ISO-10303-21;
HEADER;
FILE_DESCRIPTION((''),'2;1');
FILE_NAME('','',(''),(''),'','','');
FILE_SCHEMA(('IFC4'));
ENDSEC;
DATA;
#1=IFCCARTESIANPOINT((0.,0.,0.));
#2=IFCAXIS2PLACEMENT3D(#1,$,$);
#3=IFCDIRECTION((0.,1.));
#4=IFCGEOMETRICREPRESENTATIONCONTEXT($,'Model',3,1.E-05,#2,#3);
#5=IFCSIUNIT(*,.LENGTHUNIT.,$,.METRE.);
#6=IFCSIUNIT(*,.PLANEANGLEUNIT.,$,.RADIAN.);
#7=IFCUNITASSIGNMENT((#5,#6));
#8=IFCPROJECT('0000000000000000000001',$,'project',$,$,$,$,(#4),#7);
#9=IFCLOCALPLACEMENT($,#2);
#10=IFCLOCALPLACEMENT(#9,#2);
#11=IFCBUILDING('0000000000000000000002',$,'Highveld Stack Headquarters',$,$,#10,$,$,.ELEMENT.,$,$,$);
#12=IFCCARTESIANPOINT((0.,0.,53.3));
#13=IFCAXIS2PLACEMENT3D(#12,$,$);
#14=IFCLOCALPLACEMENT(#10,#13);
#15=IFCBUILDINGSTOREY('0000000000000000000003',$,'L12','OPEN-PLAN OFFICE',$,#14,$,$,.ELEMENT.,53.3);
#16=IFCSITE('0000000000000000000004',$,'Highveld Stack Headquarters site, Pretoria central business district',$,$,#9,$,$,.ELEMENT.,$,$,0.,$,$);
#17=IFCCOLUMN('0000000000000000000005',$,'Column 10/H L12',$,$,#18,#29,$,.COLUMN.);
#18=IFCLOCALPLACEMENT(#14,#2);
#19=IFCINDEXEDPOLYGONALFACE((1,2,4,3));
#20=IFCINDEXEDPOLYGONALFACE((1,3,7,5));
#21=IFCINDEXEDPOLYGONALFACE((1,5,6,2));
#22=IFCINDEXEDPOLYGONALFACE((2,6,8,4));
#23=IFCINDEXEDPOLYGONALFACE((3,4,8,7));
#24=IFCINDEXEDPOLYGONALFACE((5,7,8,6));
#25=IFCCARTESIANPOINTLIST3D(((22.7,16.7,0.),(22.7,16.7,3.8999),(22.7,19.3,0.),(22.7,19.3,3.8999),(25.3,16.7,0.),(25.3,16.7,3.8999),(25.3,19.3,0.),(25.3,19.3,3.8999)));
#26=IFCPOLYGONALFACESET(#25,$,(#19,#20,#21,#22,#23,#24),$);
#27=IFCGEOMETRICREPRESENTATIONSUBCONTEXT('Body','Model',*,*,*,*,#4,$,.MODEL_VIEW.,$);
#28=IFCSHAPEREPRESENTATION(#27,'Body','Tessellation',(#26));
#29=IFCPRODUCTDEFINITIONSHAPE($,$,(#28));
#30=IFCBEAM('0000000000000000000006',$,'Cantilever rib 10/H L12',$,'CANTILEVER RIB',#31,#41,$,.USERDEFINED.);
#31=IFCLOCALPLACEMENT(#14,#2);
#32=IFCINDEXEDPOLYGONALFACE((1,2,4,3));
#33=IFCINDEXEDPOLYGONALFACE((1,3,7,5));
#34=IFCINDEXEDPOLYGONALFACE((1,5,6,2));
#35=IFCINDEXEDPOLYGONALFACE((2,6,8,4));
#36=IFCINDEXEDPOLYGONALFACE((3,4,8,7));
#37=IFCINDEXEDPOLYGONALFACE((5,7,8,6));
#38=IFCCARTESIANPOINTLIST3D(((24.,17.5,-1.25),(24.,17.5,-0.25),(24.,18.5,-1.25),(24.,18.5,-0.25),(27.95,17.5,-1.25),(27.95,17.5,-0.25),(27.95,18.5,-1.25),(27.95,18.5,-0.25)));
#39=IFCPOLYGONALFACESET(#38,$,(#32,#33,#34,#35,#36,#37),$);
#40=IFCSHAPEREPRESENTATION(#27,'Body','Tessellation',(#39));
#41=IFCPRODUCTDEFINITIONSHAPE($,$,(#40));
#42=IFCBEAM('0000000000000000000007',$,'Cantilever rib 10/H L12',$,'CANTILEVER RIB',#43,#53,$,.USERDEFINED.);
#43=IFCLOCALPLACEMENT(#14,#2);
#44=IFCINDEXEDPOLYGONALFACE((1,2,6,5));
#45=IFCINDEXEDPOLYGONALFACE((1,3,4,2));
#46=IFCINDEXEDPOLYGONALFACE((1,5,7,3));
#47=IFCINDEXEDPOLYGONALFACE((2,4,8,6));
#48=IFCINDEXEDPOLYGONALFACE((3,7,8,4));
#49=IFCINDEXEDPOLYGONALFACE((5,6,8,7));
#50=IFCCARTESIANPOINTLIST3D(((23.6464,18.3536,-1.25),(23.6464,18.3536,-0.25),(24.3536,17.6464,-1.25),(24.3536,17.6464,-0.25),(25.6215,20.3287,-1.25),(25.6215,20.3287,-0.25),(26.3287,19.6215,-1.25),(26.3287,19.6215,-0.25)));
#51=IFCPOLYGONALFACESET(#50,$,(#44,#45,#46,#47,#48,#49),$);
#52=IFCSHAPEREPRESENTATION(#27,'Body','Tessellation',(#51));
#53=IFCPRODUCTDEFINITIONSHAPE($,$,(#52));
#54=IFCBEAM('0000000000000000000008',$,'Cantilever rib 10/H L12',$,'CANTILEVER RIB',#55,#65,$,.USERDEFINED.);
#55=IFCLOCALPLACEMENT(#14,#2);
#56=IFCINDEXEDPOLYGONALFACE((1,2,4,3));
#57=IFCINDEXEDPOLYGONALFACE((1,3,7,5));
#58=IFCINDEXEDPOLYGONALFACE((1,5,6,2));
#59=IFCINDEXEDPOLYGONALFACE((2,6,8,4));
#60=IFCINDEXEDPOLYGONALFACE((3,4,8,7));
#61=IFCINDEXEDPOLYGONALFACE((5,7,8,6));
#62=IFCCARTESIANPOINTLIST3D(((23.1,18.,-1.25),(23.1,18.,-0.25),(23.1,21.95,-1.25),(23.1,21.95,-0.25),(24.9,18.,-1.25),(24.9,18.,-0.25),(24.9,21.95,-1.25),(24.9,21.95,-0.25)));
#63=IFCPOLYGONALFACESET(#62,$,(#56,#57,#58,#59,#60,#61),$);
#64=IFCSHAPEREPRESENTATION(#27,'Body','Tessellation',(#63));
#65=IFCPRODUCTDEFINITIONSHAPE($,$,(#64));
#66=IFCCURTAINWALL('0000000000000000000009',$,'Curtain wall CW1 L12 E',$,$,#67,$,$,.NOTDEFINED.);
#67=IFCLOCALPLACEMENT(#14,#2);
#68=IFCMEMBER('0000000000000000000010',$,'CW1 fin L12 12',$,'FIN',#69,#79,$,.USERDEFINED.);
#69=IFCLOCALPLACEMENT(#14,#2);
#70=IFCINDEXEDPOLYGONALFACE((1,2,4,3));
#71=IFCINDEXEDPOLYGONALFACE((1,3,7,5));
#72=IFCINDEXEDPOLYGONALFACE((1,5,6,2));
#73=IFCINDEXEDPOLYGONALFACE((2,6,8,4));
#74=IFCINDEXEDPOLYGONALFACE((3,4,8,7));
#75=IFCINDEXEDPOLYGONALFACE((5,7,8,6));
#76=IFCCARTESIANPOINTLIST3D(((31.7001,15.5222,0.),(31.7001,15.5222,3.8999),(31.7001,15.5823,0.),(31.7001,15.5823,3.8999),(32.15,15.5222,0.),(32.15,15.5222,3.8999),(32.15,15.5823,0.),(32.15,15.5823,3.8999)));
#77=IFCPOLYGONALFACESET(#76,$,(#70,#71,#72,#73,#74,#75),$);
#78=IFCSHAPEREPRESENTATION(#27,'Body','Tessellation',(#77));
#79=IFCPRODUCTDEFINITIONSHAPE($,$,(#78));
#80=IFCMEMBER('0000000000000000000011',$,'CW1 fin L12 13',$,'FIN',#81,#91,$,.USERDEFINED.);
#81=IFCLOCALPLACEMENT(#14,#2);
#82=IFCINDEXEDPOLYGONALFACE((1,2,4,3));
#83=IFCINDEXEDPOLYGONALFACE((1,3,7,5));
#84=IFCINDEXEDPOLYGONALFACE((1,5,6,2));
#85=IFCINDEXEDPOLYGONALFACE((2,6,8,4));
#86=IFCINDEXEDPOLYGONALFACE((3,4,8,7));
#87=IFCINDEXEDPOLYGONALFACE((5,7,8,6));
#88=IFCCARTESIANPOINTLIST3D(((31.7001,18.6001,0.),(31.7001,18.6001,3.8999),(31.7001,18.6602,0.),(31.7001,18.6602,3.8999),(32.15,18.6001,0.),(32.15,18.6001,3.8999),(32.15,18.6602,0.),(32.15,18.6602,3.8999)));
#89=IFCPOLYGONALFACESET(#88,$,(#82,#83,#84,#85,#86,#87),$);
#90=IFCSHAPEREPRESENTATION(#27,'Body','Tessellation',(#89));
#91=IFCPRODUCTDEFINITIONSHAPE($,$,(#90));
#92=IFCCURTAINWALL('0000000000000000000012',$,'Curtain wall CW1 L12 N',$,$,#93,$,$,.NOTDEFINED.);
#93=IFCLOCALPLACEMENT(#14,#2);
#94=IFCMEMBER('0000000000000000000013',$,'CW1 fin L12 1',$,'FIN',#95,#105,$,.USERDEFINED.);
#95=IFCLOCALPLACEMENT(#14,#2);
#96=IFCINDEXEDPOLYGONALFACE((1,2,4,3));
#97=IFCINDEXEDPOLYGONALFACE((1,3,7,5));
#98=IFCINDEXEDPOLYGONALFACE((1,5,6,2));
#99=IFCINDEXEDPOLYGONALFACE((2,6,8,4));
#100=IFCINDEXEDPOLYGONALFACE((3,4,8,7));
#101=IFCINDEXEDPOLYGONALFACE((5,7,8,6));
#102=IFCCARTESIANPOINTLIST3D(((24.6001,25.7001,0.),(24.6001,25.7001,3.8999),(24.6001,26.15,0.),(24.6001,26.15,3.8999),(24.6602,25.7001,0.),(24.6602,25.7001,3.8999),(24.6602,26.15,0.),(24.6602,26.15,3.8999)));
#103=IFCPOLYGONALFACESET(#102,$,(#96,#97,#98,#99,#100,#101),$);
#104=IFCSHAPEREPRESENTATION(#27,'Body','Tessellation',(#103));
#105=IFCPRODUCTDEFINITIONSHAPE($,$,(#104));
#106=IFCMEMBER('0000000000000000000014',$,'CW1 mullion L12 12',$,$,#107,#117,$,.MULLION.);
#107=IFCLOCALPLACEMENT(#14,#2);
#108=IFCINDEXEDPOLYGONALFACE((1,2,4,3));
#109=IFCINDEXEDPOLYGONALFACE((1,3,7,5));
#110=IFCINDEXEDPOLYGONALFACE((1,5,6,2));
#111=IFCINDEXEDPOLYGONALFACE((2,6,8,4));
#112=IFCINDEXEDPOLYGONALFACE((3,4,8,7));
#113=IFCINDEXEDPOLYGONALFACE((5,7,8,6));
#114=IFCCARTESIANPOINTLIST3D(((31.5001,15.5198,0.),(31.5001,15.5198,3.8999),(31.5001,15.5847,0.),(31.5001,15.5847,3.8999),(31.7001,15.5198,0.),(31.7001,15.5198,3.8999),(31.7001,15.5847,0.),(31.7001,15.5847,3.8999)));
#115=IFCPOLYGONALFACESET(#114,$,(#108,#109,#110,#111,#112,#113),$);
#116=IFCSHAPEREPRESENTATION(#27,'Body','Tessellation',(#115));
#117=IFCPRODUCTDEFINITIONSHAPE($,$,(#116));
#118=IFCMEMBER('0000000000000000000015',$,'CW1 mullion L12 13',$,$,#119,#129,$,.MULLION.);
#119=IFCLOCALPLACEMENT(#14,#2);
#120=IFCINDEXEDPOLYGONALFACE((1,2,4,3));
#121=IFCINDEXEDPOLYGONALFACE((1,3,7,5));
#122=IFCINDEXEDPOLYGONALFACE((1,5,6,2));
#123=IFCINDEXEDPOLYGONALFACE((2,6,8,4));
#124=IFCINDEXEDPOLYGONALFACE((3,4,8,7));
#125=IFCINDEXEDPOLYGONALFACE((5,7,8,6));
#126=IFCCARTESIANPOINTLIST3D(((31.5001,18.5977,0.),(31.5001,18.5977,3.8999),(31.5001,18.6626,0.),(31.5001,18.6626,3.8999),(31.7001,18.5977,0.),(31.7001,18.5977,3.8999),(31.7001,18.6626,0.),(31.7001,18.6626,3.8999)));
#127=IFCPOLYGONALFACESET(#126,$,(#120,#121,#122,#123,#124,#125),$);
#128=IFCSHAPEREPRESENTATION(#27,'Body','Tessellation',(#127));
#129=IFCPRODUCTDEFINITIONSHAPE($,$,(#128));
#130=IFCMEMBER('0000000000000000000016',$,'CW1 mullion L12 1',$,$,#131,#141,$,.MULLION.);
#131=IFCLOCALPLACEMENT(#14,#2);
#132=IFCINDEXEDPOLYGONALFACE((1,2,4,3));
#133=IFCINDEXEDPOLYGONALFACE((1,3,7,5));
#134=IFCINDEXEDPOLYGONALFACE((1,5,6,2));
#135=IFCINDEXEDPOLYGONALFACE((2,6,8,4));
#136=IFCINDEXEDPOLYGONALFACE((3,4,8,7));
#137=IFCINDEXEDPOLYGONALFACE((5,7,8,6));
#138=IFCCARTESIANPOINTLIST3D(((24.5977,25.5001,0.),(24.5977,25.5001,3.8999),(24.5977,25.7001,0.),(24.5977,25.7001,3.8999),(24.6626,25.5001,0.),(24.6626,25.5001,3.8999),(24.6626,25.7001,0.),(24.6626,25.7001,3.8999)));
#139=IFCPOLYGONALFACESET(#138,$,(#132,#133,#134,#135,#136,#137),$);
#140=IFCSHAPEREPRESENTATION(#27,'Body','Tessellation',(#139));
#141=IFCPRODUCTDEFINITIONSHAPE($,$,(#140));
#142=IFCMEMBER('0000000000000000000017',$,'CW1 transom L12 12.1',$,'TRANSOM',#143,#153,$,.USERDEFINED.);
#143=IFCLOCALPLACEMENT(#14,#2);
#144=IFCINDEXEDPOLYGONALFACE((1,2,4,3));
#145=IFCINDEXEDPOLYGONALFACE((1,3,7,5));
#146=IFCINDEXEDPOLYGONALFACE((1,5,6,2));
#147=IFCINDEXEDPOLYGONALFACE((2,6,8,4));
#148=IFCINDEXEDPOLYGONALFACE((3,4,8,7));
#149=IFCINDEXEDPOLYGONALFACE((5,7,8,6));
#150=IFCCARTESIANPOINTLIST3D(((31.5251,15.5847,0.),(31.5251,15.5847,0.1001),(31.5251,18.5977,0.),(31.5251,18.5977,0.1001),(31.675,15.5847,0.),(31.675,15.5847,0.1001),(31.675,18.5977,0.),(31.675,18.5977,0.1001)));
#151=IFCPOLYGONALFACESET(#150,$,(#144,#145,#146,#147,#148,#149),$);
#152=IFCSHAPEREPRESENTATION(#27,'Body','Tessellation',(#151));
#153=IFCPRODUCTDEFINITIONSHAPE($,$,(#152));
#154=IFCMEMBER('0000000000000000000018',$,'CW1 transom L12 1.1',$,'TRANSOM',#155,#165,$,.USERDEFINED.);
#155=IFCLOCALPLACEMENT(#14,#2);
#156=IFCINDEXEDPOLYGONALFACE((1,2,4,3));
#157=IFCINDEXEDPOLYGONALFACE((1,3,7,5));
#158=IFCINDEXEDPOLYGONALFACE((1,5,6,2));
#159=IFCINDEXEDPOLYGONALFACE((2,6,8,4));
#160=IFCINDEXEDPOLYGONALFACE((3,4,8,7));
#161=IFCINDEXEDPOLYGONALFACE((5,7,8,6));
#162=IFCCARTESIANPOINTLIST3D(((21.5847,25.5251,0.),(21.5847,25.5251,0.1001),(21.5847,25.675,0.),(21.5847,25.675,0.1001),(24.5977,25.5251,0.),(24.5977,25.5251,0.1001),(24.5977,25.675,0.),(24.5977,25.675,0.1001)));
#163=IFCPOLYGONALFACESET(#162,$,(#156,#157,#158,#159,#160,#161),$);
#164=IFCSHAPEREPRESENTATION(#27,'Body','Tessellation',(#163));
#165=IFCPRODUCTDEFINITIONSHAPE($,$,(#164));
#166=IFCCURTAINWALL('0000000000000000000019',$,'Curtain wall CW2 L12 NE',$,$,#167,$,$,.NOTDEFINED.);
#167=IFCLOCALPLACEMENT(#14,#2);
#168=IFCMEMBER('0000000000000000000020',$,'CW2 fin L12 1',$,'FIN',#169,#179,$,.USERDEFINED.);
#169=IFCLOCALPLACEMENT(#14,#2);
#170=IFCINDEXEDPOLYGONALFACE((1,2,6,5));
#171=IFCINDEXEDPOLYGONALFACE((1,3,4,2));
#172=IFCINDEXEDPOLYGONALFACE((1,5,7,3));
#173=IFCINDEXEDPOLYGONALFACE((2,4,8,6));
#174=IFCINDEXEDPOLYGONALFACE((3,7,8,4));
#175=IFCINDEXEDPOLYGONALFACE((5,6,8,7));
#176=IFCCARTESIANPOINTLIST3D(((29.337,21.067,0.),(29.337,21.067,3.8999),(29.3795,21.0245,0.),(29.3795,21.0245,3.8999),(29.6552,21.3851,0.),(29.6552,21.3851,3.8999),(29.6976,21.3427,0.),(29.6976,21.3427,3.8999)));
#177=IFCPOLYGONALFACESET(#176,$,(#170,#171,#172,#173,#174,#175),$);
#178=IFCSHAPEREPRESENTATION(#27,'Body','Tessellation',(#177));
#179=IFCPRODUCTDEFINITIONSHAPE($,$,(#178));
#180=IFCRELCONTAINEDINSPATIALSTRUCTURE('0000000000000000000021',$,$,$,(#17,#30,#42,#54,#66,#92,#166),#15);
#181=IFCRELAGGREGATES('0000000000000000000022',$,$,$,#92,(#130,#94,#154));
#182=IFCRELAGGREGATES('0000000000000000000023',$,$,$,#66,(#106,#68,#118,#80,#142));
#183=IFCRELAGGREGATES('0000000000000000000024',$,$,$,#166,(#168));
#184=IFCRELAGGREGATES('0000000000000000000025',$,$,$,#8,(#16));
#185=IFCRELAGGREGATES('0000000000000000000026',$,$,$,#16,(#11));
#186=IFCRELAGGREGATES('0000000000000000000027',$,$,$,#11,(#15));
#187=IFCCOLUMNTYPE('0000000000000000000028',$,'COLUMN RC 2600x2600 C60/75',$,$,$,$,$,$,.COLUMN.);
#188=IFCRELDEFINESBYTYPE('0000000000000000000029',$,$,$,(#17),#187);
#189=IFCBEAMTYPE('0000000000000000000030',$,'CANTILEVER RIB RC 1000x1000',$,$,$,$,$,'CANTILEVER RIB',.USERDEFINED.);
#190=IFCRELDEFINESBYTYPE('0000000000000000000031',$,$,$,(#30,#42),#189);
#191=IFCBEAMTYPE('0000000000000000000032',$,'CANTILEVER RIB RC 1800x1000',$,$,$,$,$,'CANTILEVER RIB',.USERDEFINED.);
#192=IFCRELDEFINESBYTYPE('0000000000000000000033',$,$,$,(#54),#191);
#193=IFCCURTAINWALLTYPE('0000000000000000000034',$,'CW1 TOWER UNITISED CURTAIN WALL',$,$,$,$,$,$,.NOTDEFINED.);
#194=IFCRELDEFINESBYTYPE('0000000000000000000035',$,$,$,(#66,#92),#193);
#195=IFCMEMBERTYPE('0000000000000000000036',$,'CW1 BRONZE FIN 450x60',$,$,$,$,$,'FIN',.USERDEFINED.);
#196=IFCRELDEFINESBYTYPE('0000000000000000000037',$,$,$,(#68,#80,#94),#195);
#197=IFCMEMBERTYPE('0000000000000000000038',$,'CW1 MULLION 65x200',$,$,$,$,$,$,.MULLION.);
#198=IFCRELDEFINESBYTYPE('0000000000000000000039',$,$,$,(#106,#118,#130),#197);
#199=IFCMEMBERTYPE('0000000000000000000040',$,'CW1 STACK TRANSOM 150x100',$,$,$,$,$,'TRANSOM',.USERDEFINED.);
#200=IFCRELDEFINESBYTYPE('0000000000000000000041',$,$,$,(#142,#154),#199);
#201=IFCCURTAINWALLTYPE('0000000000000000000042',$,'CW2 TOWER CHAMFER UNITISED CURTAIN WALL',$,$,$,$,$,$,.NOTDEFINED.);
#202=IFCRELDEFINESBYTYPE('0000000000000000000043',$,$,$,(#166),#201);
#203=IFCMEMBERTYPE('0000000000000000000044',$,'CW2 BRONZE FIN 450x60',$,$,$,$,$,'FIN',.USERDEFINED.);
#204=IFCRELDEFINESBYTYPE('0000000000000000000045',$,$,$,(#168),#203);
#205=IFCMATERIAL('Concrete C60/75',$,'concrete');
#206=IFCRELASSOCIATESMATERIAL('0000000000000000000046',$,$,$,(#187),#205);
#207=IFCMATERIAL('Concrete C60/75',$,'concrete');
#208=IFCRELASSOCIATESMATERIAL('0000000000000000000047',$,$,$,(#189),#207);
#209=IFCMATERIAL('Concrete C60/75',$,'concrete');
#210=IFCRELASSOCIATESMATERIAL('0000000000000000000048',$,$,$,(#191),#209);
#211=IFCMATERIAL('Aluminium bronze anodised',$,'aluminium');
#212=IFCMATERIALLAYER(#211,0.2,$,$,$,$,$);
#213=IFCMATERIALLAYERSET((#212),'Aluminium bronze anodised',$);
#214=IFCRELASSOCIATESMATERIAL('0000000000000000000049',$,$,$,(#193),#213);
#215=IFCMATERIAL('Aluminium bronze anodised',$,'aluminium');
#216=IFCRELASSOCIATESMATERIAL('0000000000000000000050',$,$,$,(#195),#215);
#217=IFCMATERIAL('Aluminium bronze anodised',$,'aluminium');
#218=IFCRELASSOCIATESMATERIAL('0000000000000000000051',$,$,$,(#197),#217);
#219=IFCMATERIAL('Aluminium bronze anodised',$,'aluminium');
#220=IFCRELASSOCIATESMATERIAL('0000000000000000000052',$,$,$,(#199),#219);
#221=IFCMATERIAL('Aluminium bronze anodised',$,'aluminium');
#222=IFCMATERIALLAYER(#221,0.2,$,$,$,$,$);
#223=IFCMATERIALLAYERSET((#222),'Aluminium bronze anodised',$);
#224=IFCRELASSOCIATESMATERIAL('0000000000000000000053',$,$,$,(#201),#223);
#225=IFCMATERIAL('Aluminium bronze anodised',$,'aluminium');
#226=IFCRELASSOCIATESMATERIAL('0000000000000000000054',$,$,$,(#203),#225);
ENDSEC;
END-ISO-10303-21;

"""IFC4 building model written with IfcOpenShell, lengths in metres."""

from ifc_helpers import new_model, si_unit, direction, frame, origin, origin_2d, place, context, subcontext, project, spatial, rectangle, extrude, material, layer, layer_set, material_profile, profile_set, type_object, element, aggregate, save


model = new_model("IFC4")

# Units and contexts
model_context = context("Model", 3, precision=1e-05, world=origin(), true_north=direction((0.0, 1.0)))
body_context = subcontext(model_context, "Body", "Model", "MODEL_VIEW")
ifc_project = project(units=[si_unit("LENGTHUNIT", "METRE"), si_unit("PLANEANGLEUNIT", "RADIAN")], contexts=[model_context])

# Site, building, storey
site_placement = place(None, origin())
site = spatial("IfcSite", under=ifc_project, at=site_placement, Name="Highveld Stack Headquarters site, Pretoria central business district", CompositionType="ELEMENT", RefElevation=0.0)
building_placement = place(site_placement, origin())
building = spatial("IfcBuilding", under=site, at=building_placement, Name="Highveld Stack Headquarters", CompositionType="ELEMENT")
storey_placement = place(building_placement, frame((0.0, 0.0, 53.3)))
storey = spatial("IfcBuildingStorey", under=building, at=storey_placement, Name="L12", Description="OPEN-PLAN OFFICE", CompositionType="ELEMENT", Elevation=53.3)

# Column
ifc_material_1 = material(Name="Concrete C60/75", Category="concrete")
ifc_material_profile_1 = material_profile(ifc_material_1, rectangle(XDim=2.6001, YDim=2.6001, at=origin_2d()), Name="RC 2600x2600")
ifc_profile_set_1 = profile_set([ifc_material_profile_1], Name="Concrete C60/75")
column_type = type_object("IfcColumnType", Name="COLUMN RC 2600x2600 C60/75", PredefinedType="COLUMN", material=ifc_profile_set_1)
column_placement = place(storey_placement, frame((24.0, 18.0, 0.0), z_axis=(0.0, 0.0, 1.0), x_axis=(1.0, 0.0, 0.0)))
element("IfcColumn", 1, at=column_placement, inside=storey, type_object=column_type, Name="Column 10/H L12", PredefinedType="COLUMN", context=body_context, shape_type="SweptSolid", body=[
    extrude(rectangle(XDim=2.6001, YDim=2.6001, at=origin_2d()), origin(), (0.0, 0.0, 1.0), 3.8999),
])

# Beams
ifc_material_2 = material(Name="Concrete C60/75", Category="concrete")
ifc_material_profile_2 = material_profile(ifc_material_2, rectangle(XDim=1.0, YDim=1.0, at=origin_2d()), Name="RC 1000x1000")
ifc_profile_set_2 = profile_set([ifc_material_profile_2], Name="Concrete C60/75")
beam_type_1 = type_object("IfcBeamType", Name="CANTILEVER RIB RC 1000x1000", ElementType="CANTILEVER RIB", PredefinedType="USERDEFINED", material=ifc_profile_set_2)
beam_1_placement = place(storey_placement, frame((24.0, 18.0, -0.75), z_axis=(1.0, 0.0, 0.0), x_axis=(0.0, 1.0, 0.0)))
element("IfcBeam", 2, at=beam_1_placement, inside=storey, type_object=beam_type_1, Name="Cantilever rib 10/H L12", ObjectType="CANTILEVER RIB", PredefinedType="USERDEFINED", context=body_context, shape_type="SweptSolid", body=[
    extrude(rectangle(XDim=1.0, YDim=1.0, at=origin_2d()), origin(), (0.0, 0.0, 1.0), 3.95),
])
beam_2_placement = place(storey_placement, frame((24.0, 18.0, -0.75), z_axis=(0.707107, 0.707107, 0.0), x_axis=(-0.707107, 0.707107, 0.0)))
element("IfcBeam", 3, at=beam_2_placement, inside=storey, type_object=beam_type_1, Name="Cantilever rib 10/H L12", ObjectType="CANTILEVER RIB", PredefinedType="USERDEFINED", context=body_context, shape_type="SweptSolid", body=[
    extrude(rectangle(XDim=1.0, YDim=1.0, at=origin_2d()), origin(), (0.0, 0.0, 1.0), 2.7932),
])
ifc_material_3 = material(Name="Concrete C60/75", Category="concrete")
ifc_material_profile_3 = material_profile(ifc_material_3, rectangle(XDim=1.8, YDim=1.0, at=origin_2d()), Name="RC 1800x1000")
ifc_profile_set_3 = profile_set([ifc_material_profile_3], Name="Concrete C60/75")
beam_type_2 = type_object("IfcBeamType", Name="CANTILEVER RIB RC 1800x1000", ElementType="CANTILEVER RIB", PredefinedType="USERDEFINED", material=ifc_profile_set_3)
beam_3_placement = place(storey_placement, frame((24.0, 18.0, -0.75), z_axis=(0.0, 1.0, 0.0), x_axis=(-1.0, 0.0, 0.0)))
element("IfcBeam", 4, at=beam_3_placement, inside=storey, type_object=beam_type_2, Name="Cantilever rib 10/H L12", ObjectType="CANTILEVER RIB", PredefinedType="USERDEFINED", context=body_context, shape_type="SweptSolid", body=[
    extrude(rectangle(XDim=1.8, YDim=1.0, at=origin_2d()), origin(), (0.0, 0.0, 1.0), 3.95),
])

# Curtain wall, members
ifc_material_4 = material(Name="Aluminium bronze anodised", Category="aluminium")
ifc_layer_1 = layer(ifc_material_4, 0.2)
ifc_layer_set_1 = layer_set([ifc_layer_1], Name="Aluminium bronze anodised")
curtain_wall_type_1 = type_object("IfcCurtainWallType", Name="CW1 TOWER UNITISED CURTAIN WALL", PredefinedType="NOTDEFINED", material=ifc_layer_set_1)
curtain_wall_1_placement = place(storey_placement, origin())
curtain_wall_1 = element("IfcCurtainWall", 5, at=curtain_wall_1_placement, inside=storey, type_object=curtain_wall_type_1, Name="Curtain wall CW1 L12 E", PredefinedType="NOTDEFINED")
ifc_material_5 = material(Name="Aluminium bronze anodised", Category="aluminium")
ifc_material_profile_4 = material_profile(ifc_material_5, rectangle(XDim=0.45, YDim=0.0601, at=origin_2d()), Name="FIN 450x60")
ifc_profile_set_4 = profile_set([ifc_material_profile_4], Name="Aluminium bronze anodised")
member_type_1 = type_object("IfcMemberType", Name="CW1 BRONZE FIN 450x60", ElementType="FIN", PredefinedType="USERDEFINED", material=ifc_profile_set_4)
member_1_placement = place(storey_placement, frame((31.925, 15.5522, 0.0), z_axis=(0.0, 0.0, 1.0), x_axis=(-1.0, 0.0, 0.0)))
member_1 = element("IfcMember", 6, at=member_1_placement, type_object=member_type_1, Name="CW1 fin L12 12", ObjectType="FIN", PredefinedType="USERDEFINED", context=body_context, shape_type="SweptSolid", body=[
    extrude(rectangle(XDim=0.45, YDim=0.0601, at=origin_2d()), origin(), (0.0, 0.0, 1.0), 3.8999),
])
member_2_placement = place(storey_placement, frame((31.925, 18.6301, 0.0), z_axis=(0.0, 0.0, 1.0), x_axis=(-1.0, 0.0, 0.0)))
member_2 = element("IfcMember", 7, at=member_2_placement, type_object=member_type_1, Name="CW1 fin L12 13", ObjectType="FIN", PredefinedType="USERDEFINED", context=body_context, shape_type="SweptSolid", body=[
    extrude(rectangle(XDim=0.45, YDim=0.0601, at=origin_2d()), origin(), (0.0, 0.0, 1.0), 3.8999),
])

# Curtain wall, member
curtain_wall_2_placement = place(storey_placement, origin())
curtain_wall_2 = element("IfcCurtainWall", 8, at=curtain_wall_2_placement, inside=storey, type_object=curtain_wall_type_1, Name="Curtain wall CW1 L12 N", PredefinedType="NOTDEFINED")
member_3_placement = place(storey_placement, frame((24.6301, 25.925, 0.0), z_axis=(0.0, 0.0, 1.0), x_axis=(0.0, -1.0, 0.0)))
member_3 = element("IfcMember", 9, at=member_3_placement, type_object=member_type_1, Name="CW1 fin L12 1", ObjectType="FIN", PredefinedType="USERDEFINED", context=body_context, shape_type="SweptSolid", body=[
    extrude(rectangle(XDim=0.45, YDim=0.0601, at=origin_2d()), origin(), (0.0, 0.0, 1.0), 3.8999),
])

# Members
ifc_material_6 = material(Name="Aluminium bronze anodised", Category="aluminium")
ifc_material_profile_5 = material_profile(ifc_material_6, rectangle(XDim=0.2, YDim=0.0649, at=origin_2d()), Name="CW1 MULLION 65x200")
ifc_profile_set_5 = profile_set([ifc_material_profile_5], Name="Aluminium bronze anodised")
member_type_2 = type_object("IfcMemberType", Name="CW1 MULLION 65x200", PredefinedType="MULLION", material=ifc_profile_set_5)
member_4_placement = place(storey_placement, frame((31.6001, 15.5522, 0.0), z_axis=(0.0, 0.0, 1.0), x_axis=(-1.0, 0.0, 0.0)))
member_4 = element("IfcMember", 10, at=member_4_placement, type_object=member_type_2, Name="CW1 mullion L12 12", PredefinedType="MULLION", context=body_context, shape_type="SweptSolid", body=[
    extrude(rectangle(XDim=0.2, YDim=0.0649, at=origin_2d()), origin(), (0.0, 0.0, 1.0), 3.8999),
])
member_5_placement = place(storey_placement, frame((31.6001, 18.6301, 0.0), z_axis=(0.0, 0.0, 1.0), x_axis=(-1.0, 0.0, 0.0)))
member_5 = element("IfcMember", 11, at=member_5_placement, type_object=member_type_2, Name="CW1 mullion L12 13", PredefinedType="MULLION", context=body_context, shape_type="SweptSolid", body=[
    extrude(rectangle(XDim=0.2, YDim=0.0649, at=origin_2d()), origin(), (0.0, 0.0, 1.0), 3.8999),
])
member_6_placement = place(storey_placement, frame((24.6301, 25.6001, 0.0), z_axis=(0.0, 0.0, 1.0), x_axis=(0.0, -1.0, 0.0)))
member_6 = element("IfcMember", 12, at=member_6_placement, type_object=member_type_2, Name="CW1 mullion L12 1", PredefinedType="MULLION", context=body_context, shape_type="SweptSolid", body=[
    extrude(rectangle(XDim=0.2, YDim=0.0649, at=origin_2d()), origin(), (0.0, 0.0, 1.0), 3.8999),
])
ifc_material_7 = material(Name="Aluminium bronze anodised", Category="aluminium")
ifc_material_profile_6 = material_profile(ifc_material_7, rectangle(XDim=0.1499, YDim=0.1001, at=origin_2d()), Name="CW1 TRANSOM 150x100")
ifc_profile_set_6 = profile_set([ifc_material_profile_6], Name="Aluminium bronze anodised")
member_type_3 = type_object("IfcMemberType", Name="CW1 STACK TRANSOM 150x100", ElementType="TRANSOM", PredefinedType="USERDEFINED", material=ifc_profile_set_6)
member_7_placement = place(storey_placement, frame((31.6001, 15.5847, 0.05), z_axis=(0.0, 1.0, 0.0), x_axis=(-1.0, 0.0, 0.0)))
member_7 = element("IfcMember", 13, at=member_7_placement, type_object=member_type_3, Name="CW1 transom L12 12.1", ObjectType="TRANSOM", PredefinedType="USERDEFINED", context=body_context, shape_type="SweptSolid", body=[
    extrude(rectangle(XDim=0.1499, YDim=0.1001, at=origin_2d()), origin(), (0.0, 0.0, 1.0), 3.0129),
])
member_8_placement = place(storey_placement, frame((24.5977, 25.6001, 0.05), z_axis=(-1.0, 0.0, 0.0), x_axis=(0.0, -1.0, 0.0)))
member_8 = element("IfcMember", 14, at=member_8_placement, type_object=member_type_3, Name="CW1 transom L12 1.1", ObjectType="TRANSOM", PredefinedType="USERDEFINED", context=body_context, shape_type="SweptSolid", body=[
    extrude(rectangle(XDim=0.1499, YDim=0.1001, at=origin_2d()), origin(), (0.0, 0.0, 1.0), 3.0129),
])
aggregate(curtain_wall_2, [member_6, member_3, member_8])

# Curtain wall, member
ifc_material_8 = material(Name="Aluminium bronze anodised", Category="aluminium")
ifc_layer_2 = layer(ifc_material_8, 0.2)
ifc_layer_set_2 = layer_set([ifc_layer_2], Name="Aluminium bronze anodised")
curtain_wall_type_2 = type_object("IfcCurtainWallType", Name="CW2 TOWER CHAMFER UNITISED CURTAIN WALL", PredefinedType="NOTDEFINED", material=ifc_layer_set_2)
curtain_wall_3_placement = place(storey_placement, origin())
curtain_wall_3 = element("IfcCurtainWall", 15, at=curtain_wall_3_placement, inside=storey, type_object=curtain_wall_type_2, Name="Curtain wall CW2 L12 NE", PredefinedType="NOTDEFINED")
ifc_material_9 = material(Name="Aluminium bronze anodised", Category="aluminium")
ifc_material_profile_7 = material_profile(ifc_material_9, rectangle(XDim=0.45, YDim=0.0601, at=origin_2d()), Name="FIN 450x60")
ifc_profile_set_7 = profile_set([ifc_material_profile_7], Name="Aluminium bronze anodised")
member_type_4 = type_object("IfcMemberType", Name="CW2 BRONZE FIN 450x60", ElementType="FIN", PredefinedType="USERDEFINED", material=ifc_profile_set_7)
member_9_placement = place(storey_placement, frame((29.5173, 21.2048, 0.0), z_axis=(0.0, 0.0, 1.0), x_axis=(-0.707107, -0.707107, 0.0)))
member_9 = element("IfcMember", 16, at=member_9_placement, type_object=member_type_4, Name="CW2 fin L12 1", ObjectType="FIN", PredefinedType="USERDEFINED", context=body_context, shape_type="SweptSolid", body=[
    extrude(rectangle(XDim=0.45, YDim=0.0601, at=origin_2d()), origin(), (0.0, 0.0, 1.0), 3.8999),
])

aggregate(curtain_wall_1, [member_4, member_1, member_5, member_2, member_7])
aggregate(curtain_wall_3, [member_9])

save(model, "model.ifc")
